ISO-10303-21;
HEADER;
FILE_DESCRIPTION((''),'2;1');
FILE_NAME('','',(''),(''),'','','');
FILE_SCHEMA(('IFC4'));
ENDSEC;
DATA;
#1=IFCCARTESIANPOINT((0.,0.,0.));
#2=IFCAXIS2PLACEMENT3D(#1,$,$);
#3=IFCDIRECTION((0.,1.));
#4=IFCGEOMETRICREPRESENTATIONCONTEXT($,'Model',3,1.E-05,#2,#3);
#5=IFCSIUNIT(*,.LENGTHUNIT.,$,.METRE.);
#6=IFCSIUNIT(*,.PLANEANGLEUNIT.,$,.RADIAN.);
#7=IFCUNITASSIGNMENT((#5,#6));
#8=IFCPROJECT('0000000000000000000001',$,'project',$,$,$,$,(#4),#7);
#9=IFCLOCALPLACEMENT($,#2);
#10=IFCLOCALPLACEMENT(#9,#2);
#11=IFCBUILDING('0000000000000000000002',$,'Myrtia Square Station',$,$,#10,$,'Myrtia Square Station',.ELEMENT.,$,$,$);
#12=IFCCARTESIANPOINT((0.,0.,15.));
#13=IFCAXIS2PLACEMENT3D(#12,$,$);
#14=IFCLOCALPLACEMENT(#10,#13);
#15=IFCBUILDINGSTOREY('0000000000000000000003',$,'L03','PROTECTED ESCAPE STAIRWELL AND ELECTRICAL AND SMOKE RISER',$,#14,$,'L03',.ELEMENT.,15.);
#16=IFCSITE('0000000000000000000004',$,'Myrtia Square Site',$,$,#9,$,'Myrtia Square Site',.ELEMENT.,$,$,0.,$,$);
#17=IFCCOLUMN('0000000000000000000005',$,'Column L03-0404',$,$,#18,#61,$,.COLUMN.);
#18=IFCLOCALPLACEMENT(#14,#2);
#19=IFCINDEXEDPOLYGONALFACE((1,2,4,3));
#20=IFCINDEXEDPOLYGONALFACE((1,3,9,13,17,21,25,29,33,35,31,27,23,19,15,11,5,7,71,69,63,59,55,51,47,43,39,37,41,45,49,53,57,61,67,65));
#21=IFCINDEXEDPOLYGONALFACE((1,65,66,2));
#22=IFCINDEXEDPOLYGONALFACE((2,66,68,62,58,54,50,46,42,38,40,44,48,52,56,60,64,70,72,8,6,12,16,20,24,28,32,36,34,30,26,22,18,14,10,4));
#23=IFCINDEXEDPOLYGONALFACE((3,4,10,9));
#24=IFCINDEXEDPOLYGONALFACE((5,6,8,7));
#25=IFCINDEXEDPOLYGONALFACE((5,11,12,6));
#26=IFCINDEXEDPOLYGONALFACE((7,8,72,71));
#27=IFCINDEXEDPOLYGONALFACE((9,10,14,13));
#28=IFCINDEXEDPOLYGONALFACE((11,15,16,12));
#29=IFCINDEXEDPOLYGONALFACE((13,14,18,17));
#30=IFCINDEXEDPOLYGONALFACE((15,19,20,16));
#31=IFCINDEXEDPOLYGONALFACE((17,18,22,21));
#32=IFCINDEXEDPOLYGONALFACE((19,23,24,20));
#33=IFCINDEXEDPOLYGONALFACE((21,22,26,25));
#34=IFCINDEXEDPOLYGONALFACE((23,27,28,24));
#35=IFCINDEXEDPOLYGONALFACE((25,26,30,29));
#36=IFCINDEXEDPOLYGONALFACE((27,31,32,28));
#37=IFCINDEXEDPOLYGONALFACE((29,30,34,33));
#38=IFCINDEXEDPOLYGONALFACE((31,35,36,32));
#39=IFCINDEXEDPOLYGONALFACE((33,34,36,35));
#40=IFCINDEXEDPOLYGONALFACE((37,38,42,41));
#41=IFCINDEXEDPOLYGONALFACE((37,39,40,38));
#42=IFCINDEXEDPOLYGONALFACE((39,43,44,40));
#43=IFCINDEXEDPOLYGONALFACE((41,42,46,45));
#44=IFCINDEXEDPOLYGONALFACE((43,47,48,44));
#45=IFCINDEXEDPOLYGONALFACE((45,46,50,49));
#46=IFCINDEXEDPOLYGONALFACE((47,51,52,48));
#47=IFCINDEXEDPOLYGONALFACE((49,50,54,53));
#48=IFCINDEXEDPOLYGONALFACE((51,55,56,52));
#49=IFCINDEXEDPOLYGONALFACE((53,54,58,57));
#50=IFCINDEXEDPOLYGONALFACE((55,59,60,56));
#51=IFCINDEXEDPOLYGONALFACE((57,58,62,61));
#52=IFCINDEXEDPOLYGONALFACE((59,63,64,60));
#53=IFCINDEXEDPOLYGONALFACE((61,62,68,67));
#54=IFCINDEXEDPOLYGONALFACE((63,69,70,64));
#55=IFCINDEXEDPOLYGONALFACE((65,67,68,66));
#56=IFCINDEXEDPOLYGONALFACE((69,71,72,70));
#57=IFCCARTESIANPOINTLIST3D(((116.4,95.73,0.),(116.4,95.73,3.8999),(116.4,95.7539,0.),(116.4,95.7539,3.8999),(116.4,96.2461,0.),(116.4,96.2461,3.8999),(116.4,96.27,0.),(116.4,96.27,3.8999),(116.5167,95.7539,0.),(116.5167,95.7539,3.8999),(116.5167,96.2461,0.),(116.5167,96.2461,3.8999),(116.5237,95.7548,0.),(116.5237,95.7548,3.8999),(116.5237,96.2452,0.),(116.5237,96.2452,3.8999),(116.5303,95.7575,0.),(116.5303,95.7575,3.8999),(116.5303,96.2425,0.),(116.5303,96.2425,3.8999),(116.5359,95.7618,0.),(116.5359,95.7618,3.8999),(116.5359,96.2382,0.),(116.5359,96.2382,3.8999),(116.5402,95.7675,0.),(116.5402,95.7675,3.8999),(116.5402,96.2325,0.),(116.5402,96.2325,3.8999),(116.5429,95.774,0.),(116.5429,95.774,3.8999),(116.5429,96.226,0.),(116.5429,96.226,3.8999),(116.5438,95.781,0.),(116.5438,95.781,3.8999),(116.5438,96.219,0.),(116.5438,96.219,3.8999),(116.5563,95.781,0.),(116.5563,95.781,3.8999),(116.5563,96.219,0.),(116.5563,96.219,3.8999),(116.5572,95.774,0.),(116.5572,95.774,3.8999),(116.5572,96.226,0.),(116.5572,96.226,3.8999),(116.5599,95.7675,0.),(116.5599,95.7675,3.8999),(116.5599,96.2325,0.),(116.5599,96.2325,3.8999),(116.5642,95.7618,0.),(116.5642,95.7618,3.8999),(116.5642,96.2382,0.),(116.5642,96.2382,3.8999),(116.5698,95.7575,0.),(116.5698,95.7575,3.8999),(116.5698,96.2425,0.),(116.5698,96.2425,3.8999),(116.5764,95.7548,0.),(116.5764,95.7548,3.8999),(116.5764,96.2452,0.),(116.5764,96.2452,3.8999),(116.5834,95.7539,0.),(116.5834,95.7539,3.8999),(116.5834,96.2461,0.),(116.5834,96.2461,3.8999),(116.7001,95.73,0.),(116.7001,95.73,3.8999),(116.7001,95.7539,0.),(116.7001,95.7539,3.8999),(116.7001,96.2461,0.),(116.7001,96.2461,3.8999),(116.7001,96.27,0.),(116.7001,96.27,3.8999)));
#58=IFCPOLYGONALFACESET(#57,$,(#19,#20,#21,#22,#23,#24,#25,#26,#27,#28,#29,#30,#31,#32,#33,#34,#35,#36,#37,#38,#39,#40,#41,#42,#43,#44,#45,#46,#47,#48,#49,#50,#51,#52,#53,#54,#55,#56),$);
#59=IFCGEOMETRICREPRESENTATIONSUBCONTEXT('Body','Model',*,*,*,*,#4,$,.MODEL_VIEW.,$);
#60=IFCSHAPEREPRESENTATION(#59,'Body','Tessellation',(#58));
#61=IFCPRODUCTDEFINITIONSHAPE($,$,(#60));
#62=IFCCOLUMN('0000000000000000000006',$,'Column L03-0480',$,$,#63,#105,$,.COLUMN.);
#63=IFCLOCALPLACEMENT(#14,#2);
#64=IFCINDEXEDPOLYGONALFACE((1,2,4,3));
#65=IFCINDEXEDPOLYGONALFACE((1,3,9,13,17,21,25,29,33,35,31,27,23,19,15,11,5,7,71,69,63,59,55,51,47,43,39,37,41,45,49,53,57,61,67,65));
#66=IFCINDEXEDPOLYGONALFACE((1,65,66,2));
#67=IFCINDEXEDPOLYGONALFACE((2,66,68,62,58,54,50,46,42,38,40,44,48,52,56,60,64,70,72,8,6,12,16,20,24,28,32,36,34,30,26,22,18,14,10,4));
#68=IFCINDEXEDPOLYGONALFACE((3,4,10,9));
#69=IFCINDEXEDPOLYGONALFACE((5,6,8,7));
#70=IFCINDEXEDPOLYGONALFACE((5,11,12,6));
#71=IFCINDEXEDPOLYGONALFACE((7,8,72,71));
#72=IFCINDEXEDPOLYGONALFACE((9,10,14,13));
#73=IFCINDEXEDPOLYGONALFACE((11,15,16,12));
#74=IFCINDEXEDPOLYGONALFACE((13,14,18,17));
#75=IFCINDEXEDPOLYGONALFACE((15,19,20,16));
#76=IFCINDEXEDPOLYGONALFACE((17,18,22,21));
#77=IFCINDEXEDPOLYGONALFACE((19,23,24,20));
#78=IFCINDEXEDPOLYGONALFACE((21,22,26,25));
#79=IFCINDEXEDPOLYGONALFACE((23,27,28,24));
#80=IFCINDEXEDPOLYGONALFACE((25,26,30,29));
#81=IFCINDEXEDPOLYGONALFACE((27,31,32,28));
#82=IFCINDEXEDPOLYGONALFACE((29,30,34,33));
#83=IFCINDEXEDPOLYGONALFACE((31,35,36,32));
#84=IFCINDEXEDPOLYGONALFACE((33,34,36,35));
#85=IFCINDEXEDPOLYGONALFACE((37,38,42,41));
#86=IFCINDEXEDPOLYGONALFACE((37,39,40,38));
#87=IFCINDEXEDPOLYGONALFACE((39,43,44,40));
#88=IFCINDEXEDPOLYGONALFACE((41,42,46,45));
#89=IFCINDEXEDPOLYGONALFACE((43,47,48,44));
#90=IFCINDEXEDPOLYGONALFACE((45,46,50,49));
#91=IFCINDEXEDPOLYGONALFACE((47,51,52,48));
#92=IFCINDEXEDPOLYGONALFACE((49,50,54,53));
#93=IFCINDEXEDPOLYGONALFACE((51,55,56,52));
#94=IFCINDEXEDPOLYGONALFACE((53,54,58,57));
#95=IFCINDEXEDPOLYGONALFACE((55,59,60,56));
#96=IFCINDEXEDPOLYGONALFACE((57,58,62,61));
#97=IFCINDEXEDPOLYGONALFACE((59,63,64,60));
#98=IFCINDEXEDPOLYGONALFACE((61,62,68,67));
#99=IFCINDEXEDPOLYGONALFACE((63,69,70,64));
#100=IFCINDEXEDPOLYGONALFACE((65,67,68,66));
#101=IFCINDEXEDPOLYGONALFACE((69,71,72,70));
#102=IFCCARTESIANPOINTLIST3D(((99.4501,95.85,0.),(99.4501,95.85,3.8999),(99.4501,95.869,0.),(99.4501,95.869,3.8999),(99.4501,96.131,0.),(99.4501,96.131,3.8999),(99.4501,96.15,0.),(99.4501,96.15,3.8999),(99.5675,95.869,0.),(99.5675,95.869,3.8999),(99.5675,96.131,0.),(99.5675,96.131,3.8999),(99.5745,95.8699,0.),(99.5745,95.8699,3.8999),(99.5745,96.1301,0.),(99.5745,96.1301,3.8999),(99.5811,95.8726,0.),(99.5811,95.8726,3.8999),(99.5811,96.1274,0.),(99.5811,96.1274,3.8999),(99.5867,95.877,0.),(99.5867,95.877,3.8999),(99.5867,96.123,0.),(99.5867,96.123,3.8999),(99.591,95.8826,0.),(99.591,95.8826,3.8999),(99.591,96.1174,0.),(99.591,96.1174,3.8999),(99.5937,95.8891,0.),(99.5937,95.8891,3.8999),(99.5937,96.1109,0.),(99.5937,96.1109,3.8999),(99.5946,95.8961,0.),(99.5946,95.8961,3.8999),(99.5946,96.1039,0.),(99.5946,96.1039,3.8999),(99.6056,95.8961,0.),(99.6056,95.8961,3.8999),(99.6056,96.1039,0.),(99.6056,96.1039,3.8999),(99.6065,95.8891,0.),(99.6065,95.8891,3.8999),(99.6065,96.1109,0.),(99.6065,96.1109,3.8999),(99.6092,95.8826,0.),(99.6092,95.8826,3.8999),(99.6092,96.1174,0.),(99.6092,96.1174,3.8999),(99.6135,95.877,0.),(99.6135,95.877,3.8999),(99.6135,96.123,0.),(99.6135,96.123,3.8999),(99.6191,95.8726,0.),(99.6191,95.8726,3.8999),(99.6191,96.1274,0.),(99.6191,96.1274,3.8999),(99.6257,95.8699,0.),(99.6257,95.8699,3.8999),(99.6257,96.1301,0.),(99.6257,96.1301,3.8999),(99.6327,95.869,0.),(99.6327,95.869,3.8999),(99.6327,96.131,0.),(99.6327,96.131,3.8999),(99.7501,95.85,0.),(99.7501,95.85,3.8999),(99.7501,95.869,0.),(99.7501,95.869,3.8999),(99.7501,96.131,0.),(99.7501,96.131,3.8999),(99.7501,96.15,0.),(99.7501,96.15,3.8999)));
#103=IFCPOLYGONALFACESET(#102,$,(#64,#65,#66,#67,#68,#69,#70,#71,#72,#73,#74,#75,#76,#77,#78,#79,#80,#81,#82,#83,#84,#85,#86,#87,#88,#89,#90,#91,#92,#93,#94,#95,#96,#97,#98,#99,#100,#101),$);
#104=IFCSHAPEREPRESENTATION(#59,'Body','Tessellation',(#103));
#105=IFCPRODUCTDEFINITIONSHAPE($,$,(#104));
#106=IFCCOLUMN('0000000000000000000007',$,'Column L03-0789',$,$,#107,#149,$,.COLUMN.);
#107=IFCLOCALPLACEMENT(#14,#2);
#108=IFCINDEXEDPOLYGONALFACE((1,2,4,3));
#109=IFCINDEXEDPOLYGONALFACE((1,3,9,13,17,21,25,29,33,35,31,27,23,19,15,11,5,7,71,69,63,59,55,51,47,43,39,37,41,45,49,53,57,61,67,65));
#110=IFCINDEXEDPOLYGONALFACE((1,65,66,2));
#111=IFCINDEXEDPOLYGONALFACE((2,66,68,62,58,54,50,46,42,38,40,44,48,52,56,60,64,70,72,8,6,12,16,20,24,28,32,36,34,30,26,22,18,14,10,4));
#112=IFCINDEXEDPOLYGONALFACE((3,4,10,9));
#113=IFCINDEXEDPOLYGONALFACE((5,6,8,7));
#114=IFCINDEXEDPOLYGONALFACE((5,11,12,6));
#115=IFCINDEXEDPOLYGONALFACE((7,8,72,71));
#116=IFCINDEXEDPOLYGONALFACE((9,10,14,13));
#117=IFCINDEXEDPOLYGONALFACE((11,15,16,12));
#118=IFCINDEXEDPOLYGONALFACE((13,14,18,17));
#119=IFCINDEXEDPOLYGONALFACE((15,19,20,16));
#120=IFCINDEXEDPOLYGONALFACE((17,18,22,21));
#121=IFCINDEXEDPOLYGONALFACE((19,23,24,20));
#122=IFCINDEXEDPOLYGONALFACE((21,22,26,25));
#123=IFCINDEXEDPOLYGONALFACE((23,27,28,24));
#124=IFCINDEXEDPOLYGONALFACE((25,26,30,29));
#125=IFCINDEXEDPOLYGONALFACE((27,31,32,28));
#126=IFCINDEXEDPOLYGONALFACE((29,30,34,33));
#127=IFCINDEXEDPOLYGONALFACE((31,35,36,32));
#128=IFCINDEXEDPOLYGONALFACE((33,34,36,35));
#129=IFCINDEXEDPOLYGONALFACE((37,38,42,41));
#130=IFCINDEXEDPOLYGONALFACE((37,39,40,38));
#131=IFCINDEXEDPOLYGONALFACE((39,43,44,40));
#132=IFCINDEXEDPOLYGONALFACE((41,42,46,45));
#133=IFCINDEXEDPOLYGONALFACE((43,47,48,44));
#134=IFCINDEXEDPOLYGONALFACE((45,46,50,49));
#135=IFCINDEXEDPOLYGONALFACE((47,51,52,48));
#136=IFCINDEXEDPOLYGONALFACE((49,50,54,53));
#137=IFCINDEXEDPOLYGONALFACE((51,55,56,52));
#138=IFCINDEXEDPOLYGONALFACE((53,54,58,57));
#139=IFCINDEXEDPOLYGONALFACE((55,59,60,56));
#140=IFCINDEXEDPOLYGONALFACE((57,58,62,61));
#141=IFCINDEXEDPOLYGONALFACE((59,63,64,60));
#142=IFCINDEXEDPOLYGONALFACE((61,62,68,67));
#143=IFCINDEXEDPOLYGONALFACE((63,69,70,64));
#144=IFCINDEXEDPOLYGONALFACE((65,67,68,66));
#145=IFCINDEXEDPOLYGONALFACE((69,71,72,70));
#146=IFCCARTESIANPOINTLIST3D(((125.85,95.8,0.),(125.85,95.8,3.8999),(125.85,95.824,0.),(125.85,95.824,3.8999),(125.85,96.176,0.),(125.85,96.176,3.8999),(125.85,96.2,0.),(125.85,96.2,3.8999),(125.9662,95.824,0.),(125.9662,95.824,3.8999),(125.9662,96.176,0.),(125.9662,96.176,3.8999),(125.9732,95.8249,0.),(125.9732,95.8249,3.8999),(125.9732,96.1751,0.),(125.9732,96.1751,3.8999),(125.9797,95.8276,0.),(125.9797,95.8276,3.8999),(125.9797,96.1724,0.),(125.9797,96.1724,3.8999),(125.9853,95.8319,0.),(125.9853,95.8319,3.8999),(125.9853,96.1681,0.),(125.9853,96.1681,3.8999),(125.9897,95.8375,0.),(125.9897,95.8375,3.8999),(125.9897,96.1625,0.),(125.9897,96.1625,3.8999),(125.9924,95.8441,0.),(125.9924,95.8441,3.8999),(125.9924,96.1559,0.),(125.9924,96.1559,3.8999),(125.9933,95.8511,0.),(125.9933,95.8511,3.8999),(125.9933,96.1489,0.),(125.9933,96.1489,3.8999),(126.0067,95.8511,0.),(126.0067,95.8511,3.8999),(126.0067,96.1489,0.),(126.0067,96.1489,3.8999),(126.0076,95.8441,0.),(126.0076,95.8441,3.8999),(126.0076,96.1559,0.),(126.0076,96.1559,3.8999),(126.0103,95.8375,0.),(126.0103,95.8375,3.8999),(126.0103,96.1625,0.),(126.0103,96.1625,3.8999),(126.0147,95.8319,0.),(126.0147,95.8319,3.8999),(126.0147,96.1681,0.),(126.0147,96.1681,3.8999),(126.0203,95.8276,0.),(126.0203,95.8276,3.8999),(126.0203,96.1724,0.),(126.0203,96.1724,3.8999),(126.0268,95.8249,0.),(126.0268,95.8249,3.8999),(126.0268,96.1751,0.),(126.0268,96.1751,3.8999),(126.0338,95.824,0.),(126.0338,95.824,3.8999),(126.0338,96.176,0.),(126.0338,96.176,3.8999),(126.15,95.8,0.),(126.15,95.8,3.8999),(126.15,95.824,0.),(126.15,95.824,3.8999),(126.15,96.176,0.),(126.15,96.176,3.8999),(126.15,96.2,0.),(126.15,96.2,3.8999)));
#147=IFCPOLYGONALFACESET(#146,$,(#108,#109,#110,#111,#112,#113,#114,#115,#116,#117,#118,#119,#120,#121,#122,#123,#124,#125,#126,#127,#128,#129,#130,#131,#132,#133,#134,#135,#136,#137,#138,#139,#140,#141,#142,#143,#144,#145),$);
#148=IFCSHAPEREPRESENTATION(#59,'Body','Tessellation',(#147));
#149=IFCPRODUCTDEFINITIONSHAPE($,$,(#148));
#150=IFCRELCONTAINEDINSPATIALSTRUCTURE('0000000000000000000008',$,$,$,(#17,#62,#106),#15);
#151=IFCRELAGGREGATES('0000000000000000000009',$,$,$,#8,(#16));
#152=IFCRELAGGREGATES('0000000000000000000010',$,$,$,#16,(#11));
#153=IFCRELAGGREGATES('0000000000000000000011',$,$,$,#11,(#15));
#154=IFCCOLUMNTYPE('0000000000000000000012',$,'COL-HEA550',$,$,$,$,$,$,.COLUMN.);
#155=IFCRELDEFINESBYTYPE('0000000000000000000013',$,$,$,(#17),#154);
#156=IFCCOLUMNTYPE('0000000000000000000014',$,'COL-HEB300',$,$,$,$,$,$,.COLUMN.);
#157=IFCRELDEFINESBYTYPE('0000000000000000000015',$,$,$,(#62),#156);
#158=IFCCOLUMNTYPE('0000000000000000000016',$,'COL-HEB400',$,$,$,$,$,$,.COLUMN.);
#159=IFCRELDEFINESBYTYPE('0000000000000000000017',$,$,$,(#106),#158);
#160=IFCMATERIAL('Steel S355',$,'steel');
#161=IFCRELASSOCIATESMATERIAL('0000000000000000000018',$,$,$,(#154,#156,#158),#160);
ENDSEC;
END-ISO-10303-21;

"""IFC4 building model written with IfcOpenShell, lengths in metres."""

from ifc_helpers import new_model, si_unit, direction, frame, origin, origin_2d, place, context, subcontext, project, spatial, i_section, extrude, material, material_profile, profile_set, type_object, element, save


model = new_model("IFC4")

# Units and contexts
model_context = context("Model", 3, precision=1e-05, world=origin(), true_north=direction((0.0, 1.0)))
body_context = subcontext(model_context, "Body", "Model", "MODEL_VIEW")
ifc_project = project(units=[si_unit("LENGTHUNIT", "METRE"), si_unit("PLANEANGLEUNIT", "RADIAN")], contexts=[model_context])

# Site, building, storey
site_placement = place(None, origin())
site = spatial("IfcSite", under=ifc_project, at=site_placement, Name="Myrtia Square Site", LongName="Myrtia Square Site", CompositionType="ELEMENT", RefElevation=0.0)
building_placement = place(site_placement, origin())
building = spatial("IfcBuilding", under=site, at=building_placement, Name="Myrtia Square Station", LongName="Myrtia Square Station", CompositionType="ELEMENT")
storey_placement = place(building_placement, frame((0.0, 0.0, 15.0)))
storey = spatial("IfcBuildingStorey", under=building, at=storey_placement, Name="L03", Description="PROTECTED ESCAPE STAIRWELL AND ELECTRICAL AND SMOKE RISER", LongName="L03", CompositionType="ELEMENT", Elevation=15.0)

# Columns
ifc_material_1 = material(Name="Steel S355", Category="steel")
ifc_material_profile_1 = material_profile(ifc_material_1, i_section(OverallWidth=0.3, OverallDepth=0.54, WebThickness=0.0125, FlangeThickness=0.0239, FilletRadius=0.0271, at=origin_2d()), Name="HEA 550")
ifc_profile_set_1 = profile_set([ifc_material_profile_1], Name="Steel S355")
column_type_1 = type_object("IfcColumnType", Name="COL-HEA550", PredefinedType="COLUMN", material=ifc_profile_set_1)
column_1_placement = place(storey_placement, frame((116.55, 96.0, 0.0), z_axis=(0.0, 0.0, 1.0), x_axis=(1.0, 0.0, 0.0)))
element("IfcColumn", 1, at=column_1_placement, inside=storey, type_object=column_type_1, Name="Column L03-0404", PredefinedType="COLUMN", context=body_context, shape_type="SweptSolid", body=[
    extrude(i_section(OverallWidth=0.3, OverallDepth=0.54, WebThickness=0.0125, FlangeThickness=0.0239, FilletRadius=0.0271, at=origin_2d()), origin(), (0.0, 0.0, 1.0), 3.8999),
])
ifc_material_profile_2 = material_profile(ifc_material_1, i_section(OverallWidth=0.3, OverallDepth=0.3, WebThickness=0.011, FlangeThickness=0.019, FilletRadius=0.0271, at=origin_2d()), Name="HEB 300")
ifc_profile_set_2 = profile_set([ifc_material_profile_2], Name="Steel S355")
column_type_2 = type_object("IfcColumnType", Name="COL-HEB300", PredefinedType="COLUMN", material=ifc_profile_set_2)
column_2_placement = place(storey_placement, frame((99.6001, 96.0, 0.0), z_axis=(0.0, 0.0, 1.0), x_axis=(1.0, 0.0, 0.0)))
element("IfcColumn", 2, at=column_2_placement, inside=storey, type_object=column_type_2, Name="Column L03-0480", PredefinedType="COLUMN", context=body_context, shape_type="SweptSolid", body=[
    extrude(i_section(OverallWidth=0.3, OverallDepth=0.3, WebThickness=0.011, FlangeThickness=0.019, FilletRadius=0.0271, at=origin_2d()), origin(), (0.0, 0.0, 1.0), 3.8999),
])
ifc_material_profile_3 = material_profile(ifc_material_1, i_section(OverallWidth=0.3, OverallDepth=0.3999, WebThickness=0.0134, FlangeThickness=0.0239, FilletRadius=0.0271, at=origin_2d()), Name="HEB 400")
ifc_profile_set_3 = profile_set([ifc_material_profile_3], Name="Steel S355")
column_type_3 = type_object("IfcColumnType", Name="COL-HEB400", PredefinedType="COLUMN", material=ifc_profile_set_3)
column_3_placement = place(storey_placement, frame((126.0, 96.0, 0.0), z_axis=(0.0, 0.0, 1.0), x_axis=(1.0, 0.0, 0.0)))
element("IfcColumn", 3, at=column_3_placement, inside=storey, type_object=column_type_3, Name="Column L03-0789", PredefinedType="COLUMN", context=body_context, shape_type="SweptSolid", body=[
    extrude(i_section(OverallWidth=0.3, OverallDepth=0.3999, WebThickness=0.0134, FlangeThickness=0.0239, FilletRadius=0.0271, at=origin_2d()), origin(), (0.0, 0.0, 1.0), 3.8999),
])

save(model, "model.ifc")
